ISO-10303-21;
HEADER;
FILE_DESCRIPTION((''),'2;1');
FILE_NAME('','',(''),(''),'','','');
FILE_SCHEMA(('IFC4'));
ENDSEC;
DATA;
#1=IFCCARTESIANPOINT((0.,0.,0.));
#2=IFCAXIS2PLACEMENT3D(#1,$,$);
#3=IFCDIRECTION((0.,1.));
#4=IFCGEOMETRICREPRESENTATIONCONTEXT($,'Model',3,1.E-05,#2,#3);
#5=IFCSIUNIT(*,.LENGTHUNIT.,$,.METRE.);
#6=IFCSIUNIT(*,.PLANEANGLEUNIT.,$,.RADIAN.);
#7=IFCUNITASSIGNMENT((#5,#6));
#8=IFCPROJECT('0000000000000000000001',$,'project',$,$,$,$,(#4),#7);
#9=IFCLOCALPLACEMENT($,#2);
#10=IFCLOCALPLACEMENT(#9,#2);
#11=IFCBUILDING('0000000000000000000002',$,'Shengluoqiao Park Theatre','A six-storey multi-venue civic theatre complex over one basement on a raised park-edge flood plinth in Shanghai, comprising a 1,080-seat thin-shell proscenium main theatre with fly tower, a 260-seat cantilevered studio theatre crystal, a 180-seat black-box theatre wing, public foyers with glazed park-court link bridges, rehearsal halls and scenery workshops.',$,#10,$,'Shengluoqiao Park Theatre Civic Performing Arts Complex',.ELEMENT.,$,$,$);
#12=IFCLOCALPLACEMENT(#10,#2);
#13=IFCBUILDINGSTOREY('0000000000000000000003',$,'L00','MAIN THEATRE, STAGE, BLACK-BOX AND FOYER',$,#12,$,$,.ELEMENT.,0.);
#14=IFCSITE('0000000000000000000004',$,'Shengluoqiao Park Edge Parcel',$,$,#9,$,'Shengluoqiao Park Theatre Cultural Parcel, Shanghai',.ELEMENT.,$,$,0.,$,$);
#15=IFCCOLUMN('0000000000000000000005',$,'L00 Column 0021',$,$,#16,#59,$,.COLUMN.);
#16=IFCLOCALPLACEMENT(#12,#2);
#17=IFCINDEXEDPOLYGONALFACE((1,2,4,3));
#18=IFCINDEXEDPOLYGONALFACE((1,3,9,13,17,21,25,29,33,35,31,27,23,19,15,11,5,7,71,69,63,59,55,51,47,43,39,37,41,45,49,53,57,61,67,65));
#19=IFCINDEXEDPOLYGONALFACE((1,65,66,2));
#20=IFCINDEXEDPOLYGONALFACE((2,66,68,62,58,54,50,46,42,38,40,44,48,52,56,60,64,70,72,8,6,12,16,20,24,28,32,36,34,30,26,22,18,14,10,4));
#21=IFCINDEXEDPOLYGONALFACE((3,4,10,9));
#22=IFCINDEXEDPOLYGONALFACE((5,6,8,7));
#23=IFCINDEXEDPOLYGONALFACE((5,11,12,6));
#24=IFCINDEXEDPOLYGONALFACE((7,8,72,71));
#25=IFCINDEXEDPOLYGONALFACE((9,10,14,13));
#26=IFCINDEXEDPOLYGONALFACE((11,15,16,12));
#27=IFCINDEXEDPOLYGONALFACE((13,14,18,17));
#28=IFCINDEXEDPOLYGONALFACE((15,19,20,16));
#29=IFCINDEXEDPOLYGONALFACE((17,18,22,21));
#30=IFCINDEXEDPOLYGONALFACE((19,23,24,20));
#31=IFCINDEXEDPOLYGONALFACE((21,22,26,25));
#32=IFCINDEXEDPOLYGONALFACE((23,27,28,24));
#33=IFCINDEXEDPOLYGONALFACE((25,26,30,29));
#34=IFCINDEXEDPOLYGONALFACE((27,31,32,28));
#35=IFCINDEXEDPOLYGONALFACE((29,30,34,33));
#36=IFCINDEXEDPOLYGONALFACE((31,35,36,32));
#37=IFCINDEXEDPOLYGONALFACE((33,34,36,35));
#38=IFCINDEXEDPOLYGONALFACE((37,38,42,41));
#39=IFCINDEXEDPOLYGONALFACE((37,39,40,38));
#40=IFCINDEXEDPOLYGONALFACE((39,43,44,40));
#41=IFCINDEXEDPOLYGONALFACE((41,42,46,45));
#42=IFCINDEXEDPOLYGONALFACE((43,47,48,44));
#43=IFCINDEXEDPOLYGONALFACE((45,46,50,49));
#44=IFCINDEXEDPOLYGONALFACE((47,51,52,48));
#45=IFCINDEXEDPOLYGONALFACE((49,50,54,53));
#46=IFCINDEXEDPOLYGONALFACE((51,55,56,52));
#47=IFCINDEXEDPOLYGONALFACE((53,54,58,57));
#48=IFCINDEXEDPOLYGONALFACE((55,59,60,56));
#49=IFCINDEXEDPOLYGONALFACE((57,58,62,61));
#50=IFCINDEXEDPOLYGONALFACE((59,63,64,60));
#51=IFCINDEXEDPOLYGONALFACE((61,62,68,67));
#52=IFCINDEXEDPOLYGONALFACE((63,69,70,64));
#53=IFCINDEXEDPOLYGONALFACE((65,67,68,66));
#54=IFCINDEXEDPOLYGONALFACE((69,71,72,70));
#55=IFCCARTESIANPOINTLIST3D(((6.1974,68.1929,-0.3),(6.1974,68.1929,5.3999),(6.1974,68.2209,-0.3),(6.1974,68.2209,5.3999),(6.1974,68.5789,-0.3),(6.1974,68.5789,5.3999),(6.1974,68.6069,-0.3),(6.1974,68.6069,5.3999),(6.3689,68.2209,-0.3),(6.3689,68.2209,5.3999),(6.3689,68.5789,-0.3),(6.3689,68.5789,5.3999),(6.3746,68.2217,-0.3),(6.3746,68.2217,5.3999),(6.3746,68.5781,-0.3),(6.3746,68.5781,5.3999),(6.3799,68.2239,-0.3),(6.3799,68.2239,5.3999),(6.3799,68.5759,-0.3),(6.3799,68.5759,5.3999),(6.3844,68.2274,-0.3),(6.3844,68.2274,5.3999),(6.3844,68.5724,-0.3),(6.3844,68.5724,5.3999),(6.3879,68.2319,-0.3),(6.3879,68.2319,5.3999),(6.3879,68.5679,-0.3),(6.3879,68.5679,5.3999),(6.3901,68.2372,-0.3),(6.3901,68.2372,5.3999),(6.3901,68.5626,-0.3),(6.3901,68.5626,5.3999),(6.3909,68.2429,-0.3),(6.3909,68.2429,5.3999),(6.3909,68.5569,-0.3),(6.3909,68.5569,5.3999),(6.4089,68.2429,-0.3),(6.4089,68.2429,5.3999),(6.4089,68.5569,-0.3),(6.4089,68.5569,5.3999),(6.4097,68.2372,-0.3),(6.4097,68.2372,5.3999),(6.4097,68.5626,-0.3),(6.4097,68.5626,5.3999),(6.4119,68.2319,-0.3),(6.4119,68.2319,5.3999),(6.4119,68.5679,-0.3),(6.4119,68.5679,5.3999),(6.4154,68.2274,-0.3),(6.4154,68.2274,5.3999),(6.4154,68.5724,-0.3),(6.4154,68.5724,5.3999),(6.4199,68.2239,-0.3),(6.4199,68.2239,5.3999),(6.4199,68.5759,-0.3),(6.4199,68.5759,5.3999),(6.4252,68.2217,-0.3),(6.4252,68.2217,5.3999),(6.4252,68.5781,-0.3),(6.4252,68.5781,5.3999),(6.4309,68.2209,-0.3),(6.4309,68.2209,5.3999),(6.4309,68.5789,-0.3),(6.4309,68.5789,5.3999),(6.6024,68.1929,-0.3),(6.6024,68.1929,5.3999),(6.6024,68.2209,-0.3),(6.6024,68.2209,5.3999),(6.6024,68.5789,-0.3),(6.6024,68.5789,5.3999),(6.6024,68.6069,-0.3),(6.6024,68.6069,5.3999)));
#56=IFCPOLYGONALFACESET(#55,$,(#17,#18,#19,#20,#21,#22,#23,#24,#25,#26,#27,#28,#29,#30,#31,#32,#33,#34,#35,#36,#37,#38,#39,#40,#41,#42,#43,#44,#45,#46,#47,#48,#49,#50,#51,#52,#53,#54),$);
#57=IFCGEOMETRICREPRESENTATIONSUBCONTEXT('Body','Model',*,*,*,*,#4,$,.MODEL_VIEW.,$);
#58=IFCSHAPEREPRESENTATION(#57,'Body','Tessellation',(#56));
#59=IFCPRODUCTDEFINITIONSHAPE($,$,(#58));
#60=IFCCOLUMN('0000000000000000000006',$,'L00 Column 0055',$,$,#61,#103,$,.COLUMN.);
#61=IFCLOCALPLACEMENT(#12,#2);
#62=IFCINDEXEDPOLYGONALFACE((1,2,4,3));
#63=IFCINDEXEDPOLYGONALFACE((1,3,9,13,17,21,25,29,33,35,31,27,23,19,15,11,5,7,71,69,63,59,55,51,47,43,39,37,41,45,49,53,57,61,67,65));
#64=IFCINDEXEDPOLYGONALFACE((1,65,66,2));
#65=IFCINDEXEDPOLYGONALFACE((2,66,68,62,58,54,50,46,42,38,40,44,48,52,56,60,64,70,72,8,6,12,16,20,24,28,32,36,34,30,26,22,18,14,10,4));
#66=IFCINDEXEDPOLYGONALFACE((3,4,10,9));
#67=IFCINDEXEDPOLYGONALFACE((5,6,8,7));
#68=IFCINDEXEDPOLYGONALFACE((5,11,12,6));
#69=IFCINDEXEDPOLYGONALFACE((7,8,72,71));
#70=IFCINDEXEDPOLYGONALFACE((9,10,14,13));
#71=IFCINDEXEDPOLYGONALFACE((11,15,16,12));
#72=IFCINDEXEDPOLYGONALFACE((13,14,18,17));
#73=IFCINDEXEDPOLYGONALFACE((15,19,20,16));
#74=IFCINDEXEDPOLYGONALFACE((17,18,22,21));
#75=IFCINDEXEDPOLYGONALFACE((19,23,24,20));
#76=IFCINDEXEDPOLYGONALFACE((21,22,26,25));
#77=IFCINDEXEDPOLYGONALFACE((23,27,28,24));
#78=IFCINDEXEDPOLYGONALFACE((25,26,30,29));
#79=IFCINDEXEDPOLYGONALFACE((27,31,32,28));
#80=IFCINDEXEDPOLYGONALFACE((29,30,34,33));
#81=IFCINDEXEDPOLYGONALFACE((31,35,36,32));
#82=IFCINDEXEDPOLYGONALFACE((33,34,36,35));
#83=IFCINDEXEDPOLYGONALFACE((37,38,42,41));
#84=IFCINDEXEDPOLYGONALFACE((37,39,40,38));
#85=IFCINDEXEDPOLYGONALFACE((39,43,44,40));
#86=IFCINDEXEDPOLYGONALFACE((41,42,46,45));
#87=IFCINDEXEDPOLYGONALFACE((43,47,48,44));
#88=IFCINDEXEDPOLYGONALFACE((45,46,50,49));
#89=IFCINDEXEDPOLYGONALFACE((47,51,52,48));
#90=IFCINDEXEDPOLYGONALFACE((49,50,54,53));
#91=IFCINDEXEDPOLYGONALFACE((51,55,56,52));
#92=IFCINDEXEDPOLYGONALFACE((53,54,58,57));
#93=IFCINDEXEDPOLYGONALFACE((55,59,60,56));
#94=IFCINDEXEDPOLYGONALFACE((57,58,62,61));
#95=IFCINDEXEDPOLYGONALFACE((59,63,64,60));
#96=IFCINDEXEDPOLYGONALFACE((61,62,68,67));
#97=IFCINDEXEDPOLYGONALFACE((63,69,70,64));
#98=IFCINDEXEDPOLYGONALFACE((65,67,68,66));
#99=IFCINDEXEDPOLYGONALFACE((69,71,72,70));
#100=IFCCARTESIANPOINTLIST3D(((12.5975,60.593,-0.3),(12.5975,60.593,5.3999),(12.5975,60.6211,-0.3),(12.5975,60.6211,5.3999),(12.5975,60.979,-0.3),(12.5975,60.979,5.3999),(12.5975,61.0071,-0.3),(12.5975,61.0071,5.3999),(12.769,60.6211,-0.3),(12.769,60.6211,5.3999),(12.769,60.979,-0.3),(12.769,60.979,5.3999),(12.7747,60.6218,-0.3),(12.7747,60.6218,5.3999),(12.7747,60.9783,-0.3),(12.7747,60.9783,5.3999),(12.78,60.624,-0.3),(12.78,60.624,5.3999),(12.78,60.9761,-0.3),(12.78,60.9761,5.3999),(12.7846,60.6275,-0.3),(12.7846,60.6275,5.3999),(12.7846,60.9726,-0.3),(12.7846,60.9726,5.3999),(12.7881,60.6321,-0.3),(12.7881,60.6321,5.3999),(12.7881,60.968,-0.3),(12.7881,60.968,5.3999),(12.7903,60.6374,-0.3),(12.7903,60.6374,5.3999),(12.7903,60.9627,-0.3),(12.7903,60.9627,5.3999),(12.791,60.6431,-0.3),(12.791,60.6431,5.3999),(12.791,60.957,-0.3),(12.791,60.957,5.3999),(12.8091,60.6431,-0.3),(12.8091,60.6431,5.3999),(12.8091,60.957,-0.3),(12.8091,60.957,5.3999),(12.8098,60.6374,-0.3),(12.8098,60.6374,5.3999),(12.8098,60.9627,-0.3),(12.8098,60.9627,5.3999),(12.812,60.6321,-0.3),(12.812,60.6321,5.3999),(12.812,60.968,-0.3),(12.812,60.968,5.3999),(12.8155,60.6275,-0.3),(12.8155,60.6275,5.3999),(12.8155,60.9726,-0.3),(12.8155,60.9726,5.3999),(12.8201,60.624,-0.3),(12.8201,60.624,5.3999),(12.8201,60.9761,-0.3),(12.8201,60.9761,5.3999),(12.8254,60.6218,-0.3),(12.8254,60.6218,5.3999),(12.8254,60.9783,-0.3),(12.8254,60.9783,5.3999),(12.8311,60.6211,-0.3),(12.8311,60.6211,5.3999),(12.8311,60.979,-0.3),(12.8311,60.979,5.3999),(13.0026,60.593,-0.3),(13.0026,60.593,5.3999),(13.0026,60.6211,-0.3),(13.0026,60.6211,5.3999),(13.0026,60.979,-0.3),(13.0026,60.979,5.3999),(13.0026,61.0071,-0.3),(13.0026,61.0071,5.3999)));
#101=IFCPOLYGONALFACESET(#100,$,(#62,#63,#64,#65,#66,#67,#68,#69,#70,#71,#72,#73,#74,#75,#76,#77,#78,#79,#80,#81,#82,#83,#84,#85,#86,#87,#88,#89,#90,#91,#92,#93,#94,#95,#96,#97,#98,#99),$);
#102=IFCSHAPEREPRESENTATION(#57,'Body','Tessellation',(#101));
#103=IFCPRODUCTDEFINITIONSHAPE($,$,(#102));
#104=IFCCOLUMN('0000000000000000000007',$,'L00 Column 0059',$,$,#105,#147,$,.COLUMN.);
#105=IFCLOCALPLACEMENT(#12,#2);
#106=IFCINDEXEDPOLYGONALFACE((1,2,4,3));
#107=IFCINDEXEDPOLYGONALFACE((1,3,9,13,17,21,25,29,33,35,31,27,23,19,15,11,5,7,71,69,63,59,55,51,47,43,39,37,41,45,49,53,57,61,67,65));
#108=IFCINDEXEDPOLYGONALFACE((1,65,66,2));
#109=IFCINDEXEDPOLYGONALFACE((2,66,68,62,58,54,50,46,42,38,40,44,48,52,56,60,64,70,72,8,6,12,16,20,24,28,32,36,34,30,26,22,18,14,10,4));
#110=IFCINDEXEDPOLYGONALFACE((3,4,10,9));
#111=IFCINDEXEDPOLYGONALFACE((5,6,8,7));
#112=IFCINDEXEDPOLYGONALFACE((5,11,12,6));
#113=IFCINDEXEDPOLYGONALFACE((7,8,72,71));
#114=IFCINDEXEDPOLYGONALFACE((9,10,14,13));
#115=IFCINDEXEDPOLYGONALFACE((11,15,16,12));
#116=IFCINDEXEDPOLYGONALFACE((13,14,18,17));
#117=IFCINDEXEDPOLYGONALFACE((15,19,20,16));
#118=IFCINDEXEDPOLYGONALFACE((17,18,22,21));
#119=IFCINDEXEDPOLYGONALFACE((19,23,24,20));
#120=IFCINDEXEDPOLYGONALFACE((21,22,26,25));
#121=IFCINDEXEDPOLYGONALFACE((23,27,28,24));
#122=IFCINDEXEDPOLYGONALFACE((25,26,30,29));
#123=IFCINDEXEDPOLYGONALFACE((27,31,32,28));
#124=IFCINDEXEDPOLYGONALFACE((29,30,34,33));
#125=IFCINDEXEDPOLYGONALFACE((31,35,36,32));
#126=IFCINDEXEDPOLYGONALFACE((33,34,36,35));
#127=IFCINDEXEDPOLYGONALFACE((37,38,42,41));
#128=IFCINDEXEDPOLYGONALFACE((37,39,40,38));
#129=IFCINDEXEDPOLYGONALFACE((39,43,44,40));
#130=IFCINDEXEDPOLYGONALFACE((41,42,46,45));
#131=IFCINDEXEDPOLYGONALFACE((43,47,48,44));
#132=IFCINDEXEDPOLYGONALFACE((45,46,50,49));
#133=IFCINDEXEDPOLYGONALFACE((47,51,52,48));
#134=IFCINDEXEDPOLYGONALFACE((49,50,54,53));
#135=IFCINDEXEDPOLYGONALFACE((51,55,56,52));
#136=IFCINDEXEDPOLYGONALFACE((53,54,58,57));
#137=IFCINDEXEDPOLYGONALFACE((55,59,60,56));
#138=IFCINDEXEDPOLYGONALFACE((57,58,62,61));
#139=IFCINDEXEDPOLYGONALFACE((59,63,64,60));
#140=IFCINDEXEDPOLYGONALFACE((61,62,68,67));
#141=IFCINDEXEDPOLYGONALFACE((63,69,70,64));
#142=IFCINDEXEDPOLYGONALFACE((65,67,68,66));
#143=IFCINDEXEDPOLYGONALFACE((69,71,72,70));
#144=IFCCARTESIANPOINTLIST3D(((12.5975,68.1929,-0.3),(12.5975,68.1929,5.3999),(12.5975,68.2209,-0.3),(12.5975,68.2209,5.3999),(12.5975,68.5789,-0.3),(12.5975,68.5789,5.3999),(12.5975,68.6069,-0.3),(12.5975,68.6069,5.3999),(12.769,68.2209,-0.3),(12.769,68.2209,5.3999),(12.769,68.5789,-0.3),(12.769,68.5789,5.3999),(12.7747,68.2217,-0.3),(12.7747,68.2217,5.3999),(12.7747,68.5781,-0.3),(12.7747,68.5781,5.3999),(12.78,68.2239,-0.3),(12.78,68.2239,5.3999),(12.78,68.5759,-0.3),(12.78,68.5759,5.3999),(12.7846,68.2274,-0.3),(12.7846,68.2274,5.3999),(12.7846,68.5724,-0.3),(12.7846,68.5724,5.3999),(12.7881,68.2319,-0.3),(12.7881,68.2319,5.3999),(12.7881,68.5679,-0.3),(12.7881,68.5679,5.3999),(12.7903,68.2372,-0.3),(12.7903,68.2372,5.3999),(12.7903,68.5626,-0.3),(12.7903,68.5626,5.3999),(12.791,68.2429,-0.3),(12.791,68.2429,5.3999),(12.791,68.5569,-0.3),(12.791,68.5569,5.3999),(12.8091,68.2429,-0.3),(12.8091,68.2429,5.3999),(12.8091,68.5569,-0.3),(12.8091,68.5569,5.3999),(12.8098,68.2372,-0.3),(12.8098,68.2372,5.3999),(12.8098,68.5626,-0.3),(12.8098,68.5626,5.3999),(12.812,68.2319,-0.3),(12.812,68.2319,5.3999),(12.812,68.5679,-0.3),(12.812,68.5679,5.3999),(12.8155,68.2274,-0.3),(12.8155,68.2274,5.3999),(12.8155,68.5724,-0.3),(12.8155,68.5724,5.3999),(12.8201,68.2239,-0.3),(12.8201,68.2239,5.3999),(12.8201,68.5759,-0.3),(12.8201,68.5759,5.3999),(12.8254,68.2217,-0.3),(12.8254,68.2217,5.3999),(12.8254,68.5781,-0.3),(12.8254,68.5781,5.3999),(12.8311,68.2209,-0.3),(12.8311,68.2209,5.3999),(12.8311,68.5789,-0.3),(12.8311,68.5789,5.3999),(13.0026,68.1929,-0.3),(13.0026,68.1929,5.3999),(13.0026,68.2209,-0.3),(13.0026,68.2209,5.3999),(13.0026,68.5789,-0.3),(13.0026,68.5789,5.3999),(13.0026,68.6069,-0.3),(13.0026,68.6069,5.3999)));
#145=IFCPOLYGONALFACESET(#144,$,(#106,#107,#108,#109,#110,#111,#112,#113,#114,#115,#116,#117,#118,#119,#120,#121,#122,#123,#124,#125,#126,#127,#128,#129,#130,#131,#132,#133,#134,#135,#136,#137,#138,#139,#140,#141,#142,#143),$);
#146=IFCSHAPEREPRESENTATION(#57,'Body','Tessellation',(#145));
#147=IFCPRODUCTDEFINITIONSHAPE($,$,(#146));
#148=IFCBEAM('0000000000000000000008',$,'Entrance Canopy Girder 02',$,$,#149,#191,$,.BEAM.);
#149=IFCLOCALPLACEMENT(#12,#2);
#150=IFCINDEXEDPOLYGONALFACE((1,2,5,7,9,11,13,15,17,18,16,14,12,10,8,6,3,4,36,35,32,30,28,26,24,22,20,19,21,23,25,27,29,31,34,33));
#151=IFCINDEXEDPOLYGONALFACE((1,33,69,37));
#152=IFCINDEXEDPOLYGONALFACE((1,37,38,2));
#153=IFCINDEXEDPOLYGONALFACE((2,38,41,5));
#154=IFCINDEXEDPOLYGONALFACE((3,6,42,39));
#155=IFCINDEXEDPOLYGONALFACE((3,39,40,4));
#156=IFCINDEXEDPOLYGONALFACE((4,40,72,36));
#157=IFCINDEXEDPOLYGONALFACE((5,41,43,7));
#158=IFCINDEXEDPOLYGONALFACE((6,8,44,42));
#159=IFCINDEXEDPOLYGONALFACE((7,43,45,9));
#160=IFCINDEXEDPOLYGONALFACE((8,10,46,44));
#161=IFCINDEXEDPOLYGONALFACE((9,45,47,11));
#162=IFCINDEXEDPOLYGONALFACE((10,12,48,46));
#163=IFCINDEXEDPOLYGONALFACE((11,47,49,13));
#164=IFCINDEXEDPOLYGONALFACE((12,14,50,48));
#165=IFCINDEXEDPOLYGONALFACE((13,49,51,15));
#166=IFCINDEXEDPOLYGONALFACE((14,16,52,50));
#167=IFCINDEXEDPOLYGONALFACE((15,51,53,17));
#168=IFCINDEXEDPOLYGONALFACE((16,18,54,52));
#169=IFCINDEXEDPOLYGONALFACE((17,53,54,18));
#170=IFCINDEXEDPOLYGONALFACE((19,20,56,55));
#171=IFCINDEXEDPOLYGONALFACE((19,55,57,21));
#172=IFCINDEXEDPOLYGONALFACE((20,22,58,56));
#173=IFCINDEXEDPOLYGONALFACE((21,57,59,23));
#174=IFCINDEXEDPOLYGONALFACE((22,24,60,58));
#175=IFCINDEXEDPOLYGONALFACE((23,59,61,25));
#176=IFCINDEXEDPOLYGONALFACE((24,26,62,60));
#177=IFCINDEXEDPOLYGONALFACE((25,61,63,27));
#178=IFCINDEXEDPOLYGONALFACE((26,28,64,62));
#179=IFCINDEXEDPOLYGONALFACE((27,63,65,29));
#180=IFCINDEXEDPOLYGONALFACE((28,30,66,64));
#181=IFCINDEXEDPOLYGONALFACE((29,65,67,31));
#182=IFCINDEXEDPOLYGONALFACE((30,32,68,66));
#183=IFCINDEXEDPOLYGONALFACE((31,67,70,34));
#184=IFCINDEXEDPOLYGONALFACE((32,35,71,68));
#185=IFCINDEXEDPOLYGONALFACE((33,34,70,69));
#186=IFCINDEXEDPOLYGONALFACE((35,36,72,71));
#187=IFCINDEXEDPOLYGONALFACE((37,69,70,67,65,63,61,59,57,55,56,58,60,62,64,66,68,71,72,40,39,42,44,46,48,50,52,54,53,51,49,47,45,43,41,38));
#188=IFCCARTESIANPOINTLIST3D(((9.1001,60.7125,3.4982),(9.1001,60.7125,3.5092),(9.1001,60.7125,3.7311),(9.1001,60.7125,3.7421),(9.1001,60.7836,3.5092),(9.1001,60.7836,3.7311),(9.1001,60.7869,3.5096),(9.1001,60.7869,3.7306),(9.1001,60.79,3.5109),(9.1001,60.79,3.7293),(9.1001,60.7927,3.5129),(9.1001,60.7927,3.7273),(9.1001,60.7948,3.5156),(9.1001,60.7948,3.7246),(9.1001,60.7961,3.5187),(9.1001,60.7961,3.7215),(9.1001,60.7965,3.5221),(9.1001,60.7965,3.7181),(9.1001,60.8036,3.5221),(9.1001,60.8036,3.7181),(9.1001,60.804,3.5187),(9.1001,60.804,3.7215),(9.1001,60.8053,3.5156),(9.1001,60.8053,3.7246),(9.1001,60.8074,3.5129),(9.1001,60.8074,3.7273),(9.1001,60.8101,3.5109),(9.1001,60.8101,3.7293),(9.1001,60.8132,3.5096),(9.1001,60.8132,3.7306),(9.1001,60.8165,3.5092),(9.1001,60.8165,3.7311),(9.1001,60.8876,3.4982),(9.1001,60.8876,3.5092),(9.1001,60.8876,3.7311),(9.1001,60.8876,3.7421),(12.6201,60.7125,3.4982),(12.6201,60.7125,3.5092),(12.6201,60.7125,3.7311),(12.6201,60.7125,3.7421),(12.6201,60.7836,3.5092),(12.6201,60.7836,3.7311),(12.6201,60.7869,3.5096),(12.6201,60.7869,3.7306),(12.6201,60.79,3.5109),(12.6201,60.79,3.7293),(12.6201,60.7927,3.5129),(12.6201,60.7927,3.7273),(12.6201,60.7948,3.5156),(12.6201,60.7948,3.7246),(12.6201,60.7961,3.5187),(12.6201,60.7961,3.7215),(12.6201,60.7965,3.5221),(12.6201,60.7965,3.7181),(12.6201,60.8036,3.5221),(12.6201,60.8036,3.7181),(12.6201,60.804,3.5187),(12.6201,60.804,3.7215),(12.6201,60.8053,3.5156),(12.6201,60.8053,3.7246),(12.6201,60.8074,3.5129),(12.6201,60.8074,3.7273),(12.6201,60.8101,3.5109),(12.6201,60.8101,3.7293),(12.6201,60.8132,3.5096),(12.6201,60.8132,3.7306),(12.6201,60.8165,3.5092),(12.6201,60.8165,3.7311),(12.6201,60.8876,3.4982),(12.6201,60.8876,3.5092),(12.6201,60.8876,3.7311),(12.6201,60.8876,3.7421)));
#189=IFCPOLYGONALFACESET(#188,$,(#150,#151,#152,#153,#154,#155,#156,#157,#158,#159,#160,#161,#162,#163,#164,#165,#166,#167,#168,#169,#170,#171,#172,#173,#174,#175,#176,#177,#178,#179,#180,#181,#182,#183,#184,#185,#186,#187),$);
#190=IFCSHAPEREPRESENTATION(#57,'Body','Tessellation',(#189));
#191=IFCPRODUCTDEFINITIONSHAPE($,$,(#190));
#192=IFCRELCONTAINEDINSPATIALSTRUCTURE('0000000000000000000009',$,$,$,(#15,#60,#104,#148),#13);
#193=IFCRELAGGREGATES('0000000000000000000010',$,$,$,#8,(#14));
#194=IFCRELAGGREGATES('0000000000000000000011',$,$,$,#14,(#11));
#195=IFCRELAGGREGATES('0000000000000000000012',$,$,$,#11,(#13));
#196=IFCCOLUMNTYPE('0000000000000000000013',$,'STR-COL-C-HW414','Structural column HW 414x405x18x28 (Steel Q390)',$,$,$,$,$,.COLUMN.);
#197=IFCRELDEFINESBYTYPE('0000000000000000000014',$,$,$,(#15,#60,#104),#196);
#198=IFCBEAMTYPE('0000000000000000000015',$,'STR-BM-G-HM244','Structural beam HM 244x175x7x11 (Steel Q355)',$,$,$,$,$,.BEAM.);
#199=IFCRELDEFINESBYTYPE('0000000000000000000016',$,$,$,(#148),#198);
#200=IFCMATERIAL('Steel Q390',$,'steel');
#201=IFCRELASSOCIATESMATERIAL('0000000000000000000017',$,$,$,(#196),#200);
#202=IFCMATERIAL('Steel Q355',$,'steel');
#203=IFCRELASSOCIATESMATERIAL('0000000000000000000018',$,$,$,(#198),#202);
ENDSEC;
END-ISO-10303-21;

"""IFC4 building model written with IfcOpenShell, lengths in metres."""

from ifc_helpers import new_model, si_unit, direction, frame, origin, origin_2d, place, context, subcontext, project, spatial, i_section, extrude, material, material_profile, profile_set, type_object, element, save


model = new_model("IFC4")

# Units and contexts
model_context = context("Model", 3, precision=1e-05, world=origin(), true_north=direction((0.0, 1.0)))
body_context = subcontext(model_context, "Body", "Model", "MODEL_VIEW")
ifc_project = project(units=[si_unit("LENGTHUNIT", "METRE"), si_unit("PLANEANGLEUNIT", "RADIAN")], contexts=[model_context])

# Site, building, storey
site_placement = place(None, origin())
site = spatial("IfcSite", under=ifc_project, at=site_placement, Name="Shengluoqiao Park Edge Parcel", LongName="Shengluoqiao Park Theatre Cultural Parcel, Shanghai", CompositionType="ELEMENT", RefElevation=0.0)
building_placement = place(site_placement, origin())
building = spatial("IfcBuilding", under=site, at=building_placement, Name="Shengluoqiao Park Theatre", Description="A six-storey multi-venue civic theatre complex over one basement on a raised park-edge flood plinth in Shanghai, comprising a 1,080-seat thin-shell proscenium main theatre with fly tower, a 260-seat cantilevered studio theatre crystal, a 180-seat black-box theatre wing, public foyers with glazed park-court link bridges, rehearsal halls and scenery workshops.", LongName="Shengluoqiao Park Theatre Civic Performing Arts Complex", CompositionType="ELEMENT")
storey_placement = place(building_placement, origin())
storey = spatial("IfcBuildingStorey", under=building, at=storey_placement, Name="L00", Description="MAIN THEATRE, STAGE, BLACK-BOX AND FOYER", CompositionType="ELEMENT", Elevation=0.0)

# Columns
ifc_material_1 = material(Name="Steel Q390", Category="steel")
ifc_material_profile_1 = material_profile(ifc_material_1, i_section(OverallWidth=0.405, OverallDepth=0.4141, WebThickness=0.0181, FlangeThickness=0.0281, FilletRadius=0.022, at=origin_2d()), Name="HW 414x405x18x28")
ifc_profile_set_1 = profile_set([ifc_material_profile_1], Name="Steel Q390")
column_type = type_object("IfcColumnType", Name="STR-COL-C-HW414", Description="Structural column HW 414x405x18x28 (Steel Q390)", PredefinedType="COLUMN", material=ifc_profile_set_1)
for number, where, z_axis, x_axis, name in (
    (1, (6.3999, 68.3999, -0.3), (0.0, 0.0, 1.0), (1.0, 0.0, 0.0), "L00 Column 0021"),
    (2, (12.8, 60.8, -0.3), (0.0, 0.0, 1.0), (1.0, 0.0, 0.0), "L00 Column 0055"),
    (3, (12.8, 68.3999, -0.3), (0.0, 0.0, 1.0), (1.0, 0.0, 0.0), "L00 Column 0059"),
):
    element("IfcColumn", number, at=place(storey_placement, frame(where, z_axis=z_axis, x_axis=x_axis)), inside=storey, type_object=column_type, Name=name, PredefinedType="COLUMN", context=body_context, shape_type="SweptSolid", body=[
        extrude(i_section(OverallWidth=0.405, OverallDepth=0.4141, WebThickness=0.0181, FlangeThickness=0.0281, FilletRadius=0.022, at=origin_2d()), origin(), (0.0, 0.0, 1.0), 5.7),
    ])

# Beam
ifc_material_2 = material(Name="Steel Q355", Category="steel")
ifc_material_profile_2 = material_profile(ifc_material_2, i_section(OverallWidth=0.175, OverallDepth=0.2439, WebThickness=0.0071, FlangeThickness=0.011, FilletRadius=0.0129, at=origin_2d()), Name="HM 244x175x7x11")
ifc_profile_set_2 = profile_set([ifc_material_profile_2], Name="Steel Q355")
beam_type = type_object("IfcBeamType", Name="STR-BM-G-HM244", Description="Structural beam HM 244x175x7x11 (Steel Q355)", PredefinedType="BEAM", material=ifc_profile_set_2)
for number, where, z_axis, x_axis, name in (
    (4, (9.1001, 60.8, 3.6201), (1.0, 0.0, 0.0), (0.0, 1.0, 0.0), "Entrance Canopy Girder 02"),
):
    element("IfcBeam", number, at=place(storey_placement, frame(where, z_axis=z_axis, x_axis=x_axis)), inside=storey, type_object=beam_type, Name=name, PredefinedType="BEAM", context=body_context, shape_type="SweptSolid", body=[
        extrude(i_section(OverallWidth=0.175, OverallDepth=0.2439, WebThickness=0.0071, FlangeThickness=0.011, FilletRadius=0.0129, at=origin_2d()), origin(), (0.0, 0.0, 1.0), 3.52),
    ])

save(model, "model.ifc")
